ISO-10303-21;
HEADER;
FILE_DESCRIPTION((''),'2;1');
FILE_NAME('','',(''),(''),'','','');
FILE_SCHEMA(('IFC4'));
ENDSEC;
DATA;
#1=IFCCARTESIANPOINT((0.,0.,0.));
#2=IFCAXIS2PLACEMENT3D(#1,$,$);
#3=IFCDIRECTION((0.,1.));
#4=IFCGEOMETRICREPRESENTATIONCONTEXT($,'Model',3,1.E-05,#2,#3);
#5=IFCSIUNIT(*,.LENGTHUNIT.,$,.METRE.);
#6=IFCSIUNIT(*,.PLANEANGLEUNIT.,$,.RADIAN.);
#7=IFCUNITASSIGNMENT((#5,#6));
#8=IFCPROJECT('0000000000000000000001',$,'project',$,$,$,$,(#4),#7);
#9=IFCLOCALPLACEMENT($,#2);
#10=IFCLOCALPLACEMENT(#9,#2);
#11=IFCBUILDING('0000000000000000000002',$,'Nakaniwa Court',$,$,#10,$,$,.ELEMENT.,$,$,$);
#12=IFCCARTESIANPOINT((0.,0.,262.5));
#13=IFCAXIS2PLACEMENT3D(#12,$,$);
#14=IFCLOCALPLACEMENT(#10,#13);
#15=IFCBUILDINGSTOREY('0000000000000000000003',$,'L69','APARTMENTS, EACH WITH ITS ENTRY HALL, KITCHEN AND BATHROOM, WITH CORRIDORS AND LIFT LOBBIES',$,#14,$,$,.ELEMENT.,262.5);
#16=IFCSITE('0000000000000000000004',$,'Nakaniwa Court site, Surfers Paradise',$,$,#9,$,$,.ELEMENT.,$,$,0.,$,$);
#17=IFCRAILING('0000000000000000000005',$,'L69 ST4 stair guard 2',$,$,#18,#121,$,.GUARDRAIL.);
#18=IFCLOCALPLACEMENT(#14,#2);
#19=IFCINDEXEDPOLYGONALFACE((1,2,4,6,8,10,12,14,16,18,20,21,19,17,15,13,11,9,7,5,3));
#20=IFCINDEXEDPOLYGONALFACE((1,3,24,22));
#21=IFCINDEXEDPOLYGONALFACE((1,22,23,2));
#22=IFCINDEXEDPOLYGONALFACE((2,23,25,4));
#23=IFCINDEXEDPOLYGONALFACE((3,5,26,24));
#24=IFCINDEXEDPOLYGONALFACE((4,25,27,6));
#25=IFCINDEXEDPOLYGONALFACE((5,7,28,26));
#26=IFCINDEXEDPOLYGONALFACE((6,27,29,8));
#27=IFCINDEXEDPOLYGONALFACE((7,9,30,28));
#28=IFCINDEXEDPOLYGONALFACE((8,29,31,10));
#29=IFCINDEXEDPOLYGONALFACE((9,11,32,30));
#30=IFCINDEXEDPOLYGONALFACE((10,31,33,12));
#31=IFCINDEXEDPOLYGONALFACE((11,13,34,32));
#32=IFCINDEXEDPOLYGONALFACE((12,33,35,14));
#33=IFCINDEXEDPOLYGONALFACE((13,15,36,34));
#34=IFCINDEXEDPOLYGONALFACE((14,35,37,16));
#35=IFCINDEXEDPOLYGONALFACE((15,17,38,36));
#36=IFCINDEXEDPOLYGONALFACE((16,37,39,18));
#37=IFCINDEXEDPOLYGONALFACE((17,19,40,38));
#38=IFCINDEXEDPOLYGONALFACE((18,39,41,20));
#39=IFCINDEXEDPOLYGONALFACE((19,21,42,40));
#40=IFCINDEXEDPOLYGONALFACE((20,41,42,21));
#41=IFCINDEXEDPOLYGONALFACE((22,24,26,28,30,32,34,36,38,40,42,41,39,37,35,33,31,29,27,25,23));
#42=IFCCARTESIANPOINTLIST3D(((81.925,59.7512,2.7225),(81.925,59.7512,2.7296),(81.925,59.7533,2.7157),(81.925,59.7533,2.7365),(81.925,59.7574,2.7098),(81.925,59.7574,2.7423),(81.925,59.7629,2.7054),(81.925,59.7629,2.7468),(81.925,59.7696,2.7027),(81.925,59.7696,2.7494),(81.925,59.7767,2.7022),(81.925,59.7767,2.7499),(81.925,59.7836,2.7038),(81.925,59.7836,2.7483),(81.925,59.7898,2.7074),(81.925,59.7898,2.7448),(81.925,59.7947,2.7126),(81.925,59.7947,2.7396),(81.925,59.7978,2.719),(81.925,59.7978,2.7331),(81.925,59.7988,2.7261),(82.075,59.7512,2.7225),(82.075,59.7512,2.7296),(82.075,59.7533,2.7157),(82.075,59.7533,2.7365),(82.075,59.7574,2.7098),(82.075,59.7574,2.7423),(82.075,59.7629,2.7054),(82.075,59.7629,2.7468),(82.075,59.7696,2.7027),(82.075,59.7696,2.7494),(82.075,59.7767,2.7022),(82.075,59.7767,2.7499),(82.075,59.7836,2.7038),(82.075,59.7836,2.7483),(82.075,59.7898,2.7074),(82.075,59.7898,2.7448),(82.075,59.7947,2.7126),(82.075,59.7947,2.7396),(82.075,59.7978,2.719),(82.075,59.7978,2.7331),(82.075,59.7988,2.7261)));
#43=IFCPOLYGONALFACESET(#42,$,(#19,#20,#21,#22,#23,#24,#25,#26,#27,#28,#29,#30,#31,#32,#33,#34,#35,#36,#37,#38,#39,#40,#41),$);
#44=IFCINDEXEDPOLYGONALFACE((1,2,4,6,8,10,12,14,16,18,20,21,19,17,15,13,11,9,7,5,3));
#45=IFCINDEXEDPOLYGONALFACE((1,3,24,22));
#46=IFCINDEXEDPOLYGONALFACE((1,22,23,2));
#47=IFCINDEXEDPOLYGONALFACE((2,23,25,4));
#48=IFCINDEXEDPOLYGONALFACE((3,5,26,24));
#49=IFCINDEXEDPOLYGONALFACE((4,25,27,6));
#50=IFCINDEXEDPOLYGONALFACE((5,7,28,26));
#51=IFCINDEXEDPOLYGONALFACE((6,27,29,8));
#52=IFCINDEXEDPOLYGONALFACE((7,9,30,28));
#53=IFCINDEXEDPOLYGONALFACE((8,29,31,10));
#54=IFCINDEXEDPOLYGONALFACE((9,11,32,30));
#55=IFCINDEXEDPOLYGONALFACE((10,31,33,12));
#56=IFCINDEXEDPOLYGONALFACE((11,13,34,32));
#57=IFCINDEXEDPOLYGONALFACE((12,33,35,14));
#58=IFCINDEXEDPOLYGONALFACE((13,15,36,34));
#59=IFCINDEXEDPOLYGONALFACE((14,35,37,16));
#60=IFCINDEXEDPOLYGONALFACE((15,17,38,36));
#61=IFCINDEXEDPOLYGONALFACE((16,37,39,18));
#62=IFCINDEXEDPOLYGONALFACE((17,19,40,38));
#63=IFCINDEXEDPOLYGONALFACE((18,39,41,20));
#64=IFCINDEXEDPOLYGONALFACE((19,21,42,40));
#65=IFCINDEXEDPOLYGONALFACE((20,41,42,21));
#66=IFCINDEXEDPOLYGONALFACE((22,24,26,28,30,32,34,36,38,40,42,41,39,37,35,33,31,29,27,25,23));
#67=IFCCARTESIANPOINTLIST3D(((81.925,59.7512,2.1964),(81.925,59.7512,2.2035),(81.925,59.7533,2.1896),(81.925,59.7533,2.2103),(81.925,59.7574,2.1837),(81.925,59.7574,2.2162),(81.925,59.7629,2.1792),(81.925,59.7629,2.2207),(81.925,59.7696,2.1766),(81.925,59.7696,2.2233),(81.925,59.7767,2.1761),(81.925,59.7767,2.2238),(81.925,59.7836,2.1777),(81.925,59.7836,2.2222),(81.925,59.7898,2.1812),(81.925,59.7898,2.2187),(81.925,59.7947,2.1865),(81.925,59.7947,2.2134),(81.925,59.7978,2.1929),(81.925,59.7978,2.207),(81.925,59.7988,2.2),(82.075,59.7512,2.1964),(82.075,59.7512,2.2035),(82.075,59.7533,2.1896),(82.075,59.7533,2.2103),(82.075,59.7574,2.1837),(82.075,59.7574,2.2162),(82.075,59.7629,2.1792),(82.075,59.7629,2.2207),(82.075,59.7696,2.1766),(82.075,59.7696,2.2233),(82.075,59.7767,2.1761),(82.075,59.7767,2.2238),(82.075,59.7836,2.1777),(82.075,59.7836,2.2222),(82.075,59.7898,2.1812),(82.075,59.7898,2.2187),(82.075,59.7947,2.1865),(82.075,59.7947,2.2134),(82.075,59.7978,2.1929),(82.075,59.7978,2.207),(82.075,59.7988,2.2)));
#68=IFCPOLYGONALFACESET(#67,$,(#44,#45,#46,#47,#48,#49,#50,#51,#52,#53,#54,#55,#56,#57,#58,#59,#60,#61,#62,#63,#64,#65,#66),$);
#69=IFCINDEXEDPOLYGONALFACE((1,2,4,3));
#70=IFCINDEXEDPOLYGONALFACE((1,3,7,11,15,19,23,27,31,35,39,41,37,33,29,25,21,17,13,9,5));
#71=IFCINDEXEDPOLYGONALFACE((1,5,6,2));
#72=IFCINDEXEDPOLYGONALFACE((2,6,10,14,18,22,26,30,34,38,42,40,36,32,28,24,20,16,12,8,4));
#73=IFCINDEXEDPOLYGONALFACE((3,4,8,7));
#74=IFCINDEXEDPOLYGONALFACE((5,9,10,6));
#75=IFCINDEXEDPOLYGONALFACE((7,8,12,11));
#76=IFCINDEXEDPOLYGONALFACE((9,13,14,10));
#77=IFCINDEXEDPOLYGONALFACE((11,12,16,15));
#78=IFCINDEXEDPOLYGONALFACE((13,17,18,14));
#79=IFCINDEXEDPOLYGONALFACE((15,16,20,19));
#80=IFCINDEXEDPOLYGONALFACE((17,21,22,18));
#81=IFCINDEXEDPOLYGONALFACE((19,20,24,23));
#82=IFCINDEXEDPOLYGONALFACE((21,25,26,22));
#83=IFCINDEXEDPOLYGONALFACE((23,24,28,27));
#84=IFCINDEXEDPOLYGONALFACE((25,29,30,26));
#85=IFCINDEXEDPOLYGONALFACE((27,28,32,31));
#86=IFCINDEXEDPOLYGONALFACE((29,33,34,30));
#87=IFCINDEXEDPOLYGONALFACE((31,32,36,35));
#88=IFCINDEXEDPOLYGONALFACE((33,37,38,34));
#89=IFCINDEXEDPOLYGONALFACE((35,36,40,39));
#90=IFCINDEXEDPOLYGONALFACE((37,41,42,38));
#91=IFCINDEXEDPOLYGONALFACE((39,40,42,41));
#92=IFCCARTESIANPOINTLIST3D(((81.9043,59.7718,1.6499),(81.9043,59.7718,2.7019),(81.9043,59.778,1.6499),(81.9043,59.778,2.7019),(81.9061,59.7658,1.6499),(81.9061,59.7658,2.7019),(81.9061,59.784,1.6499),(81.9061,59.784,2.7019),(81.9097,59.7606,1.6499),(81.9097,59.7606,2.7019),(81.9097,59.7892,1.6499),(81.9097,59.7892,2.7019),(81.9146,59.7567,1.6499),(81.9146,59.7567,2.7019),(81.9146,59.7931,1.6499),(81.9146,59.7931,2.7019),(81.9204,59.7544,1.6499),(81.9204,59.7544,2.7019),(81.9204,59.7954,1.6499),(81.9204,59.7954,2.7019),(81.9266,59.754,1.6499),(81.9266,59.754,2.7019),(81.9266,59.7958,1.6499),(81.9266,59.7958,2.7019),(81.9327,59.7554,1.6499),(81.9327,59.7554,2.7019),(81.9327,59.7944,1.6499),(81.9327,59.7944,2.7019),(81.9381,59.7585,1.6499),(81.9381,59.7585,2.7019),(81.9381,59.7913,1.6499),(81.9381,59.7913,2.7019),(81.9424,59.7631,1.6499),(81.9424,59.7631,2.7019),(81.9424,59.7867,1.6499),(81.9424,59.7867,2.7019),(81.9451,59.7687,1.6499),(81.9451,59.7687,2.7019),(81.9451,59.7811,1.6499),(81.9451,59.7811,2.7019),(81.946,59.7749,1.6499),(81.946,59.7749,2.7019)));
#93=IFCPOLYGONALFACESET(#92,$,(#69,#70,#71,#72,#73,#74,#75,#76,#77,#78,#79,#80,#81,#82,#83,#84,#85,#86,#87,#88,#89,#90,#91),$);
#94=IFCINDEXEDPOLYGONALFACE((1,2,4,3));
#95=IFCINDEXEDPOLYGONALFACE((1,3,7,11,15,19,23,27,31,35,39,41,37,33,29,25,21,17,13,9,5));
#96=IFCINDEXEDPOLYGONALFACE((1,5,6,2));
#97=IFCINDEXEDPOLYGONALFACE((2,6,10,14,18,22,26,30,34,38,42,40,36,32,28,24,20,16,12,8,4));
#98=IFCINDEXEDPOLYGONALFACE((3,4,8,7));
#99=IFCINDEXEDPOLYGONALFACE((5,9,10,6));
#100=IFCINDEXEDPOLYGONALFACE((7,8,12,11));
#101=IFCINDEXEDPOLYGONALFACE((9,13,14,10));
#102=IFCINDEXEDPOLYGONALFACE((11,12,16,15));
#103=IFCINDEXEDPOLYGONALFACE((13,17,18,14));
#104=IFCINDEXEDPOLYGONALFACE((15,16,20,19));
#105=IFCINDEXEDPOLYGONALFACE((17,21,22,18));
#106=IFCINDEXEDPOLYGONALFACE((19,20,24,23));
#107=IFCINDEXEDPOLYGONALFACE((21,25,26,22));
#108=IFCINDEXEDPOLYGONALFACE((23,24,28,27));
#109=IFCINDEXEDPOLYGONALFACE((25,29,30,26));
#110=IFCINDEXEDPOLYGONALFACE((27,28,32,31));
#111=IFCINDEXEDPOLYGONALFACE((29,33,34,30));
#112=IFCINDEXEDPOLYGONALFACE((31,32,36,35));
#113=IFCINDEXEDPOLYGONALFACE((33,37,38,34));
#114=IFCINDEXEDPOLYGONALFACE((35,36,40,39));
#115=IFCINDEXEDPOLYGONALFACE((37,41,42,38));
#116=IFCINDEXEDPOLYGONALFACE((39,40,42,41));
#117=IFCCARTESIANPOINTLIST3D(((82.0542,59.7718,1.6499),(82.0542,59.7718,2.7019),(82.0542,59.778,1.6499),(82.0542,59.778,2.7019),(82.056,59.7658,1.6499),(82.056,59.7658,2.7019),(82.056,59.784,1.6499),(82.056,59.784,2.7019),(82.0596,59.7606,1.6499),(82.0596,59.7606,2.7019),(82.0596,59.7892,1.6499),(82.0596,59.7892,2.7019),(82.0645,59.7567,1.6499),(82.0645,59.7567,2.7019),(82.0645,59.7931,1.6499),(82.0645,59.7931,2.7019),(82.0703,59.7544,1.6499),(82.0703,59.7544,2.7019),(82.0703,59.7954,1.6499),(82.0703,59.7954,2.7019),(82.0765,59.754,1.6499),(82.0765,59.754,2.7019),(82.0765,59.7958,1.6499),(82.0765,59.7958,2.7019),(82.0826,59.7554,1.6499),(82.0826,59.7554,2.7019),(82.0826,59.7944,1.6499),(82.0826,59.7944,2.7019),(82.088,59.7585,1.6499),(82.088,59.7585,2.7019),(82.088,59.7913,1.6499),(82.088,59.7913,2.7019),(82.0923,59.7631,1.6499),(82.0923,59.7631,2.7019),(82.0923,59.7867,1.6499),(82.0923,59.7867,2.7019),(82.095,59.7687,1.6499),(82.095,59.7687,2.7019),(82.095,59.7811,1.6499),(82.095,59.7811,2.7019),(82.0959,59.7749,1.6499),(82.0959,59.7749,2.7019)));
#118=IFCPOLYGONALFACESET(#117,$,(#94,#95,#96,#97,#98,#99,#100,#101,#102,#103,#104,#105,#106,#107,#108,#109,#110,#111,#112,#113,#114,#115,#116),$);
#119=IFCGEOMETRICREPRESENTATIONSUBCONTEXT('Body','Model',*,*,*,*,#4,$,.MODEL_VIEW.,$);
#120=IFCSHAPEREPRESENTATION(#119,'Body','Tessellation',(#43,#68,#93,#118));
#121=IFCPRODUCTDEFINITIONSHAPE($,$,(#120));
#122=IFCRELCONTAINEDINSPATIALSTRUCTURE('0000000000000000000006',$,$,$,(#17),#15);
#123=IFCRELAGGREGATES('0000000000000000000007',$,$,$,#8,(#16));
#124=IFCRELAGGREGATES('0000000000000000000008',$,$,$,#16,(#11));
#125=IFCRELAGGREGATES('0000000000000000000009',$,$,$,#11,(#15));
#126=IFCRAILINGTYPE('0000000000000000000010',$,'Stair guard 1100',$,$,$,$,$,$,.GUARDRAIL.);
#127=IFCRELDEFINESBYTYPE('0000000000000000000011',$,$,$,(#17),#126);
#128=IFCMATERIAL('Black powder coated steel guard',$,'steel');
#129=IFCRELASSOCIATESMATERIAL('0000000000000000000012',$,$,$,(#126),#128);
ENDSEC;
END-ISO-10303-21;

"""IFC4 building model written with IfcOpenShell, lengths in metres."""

from ifc_helpers import new_model, si_unit, direction, frame, origin, origin_2d, place, context, subcontext, project, spatial, circle, extrude, material, type_object, element, save


model = new_model("IFC4")

# Units and contexts
model_context = context("Model", 3, precision=1e-05, world=origin(), true_north=direction((0.0, 1.0)))
body_context = subcontext(model_context, "Body", "Model", "MODEL_VIEW")
ifc_project = project(units=[si_unit("LENGTHUNIT", "METRE"), si_unit("PLANEANGLEUNIT", "RADIAN")], contexts=[model_context])

# Site, building, storey
site_placement = place(None, origin())
site = spatial("IfcSite", under=ifc_project, at=site_placement, Name="Nakaniwa Court site, Surfers Paradise", CompositionType="ELEMENT", RefElevation=0.0)
building_placement = place(site_placement, origin())
building = spatial("IfcBuilding", under=site, at=building_placement, Name="Nakaniwa Court", CompositionType="ELEMENT")
storey_placement = place(building_placement, frame((0.0, 0.0, 262.5)))
storey = spatial("IfcBuildingStorey", under=building, at=storey_placement, Name="L69", Description="APARTMENTS, EACH WITH ITS ENTRY HALL, KITCHEN AND BATHROOM, WITH CORRIDORS AND LIFT LOBBIES", CompositionType="ELEMENT", Elevation=262.5)

# Railing
ifc_material_1 = material(Name="Black powder coated steel guard", Category="steel")
railing_type_1 = type_object("IfcRailingType", Name="Stair guard 1100", PredefinedType="GUARDRAIL", material=ifc_material_1)
railing_1_placement = place(storey_placement, frame((81.925, 59.7749, 1.6499)))
element("IfcRailing", 1, at=railing_1_placement, inside=storey, type_object=railing_type_1, Name="L69 ST4 stair guard 2", PredefinedType="GUARDRAIL", context=body_context, shape_type="SweptSolid", body=[
    extrude(circle(Radius=0.0239, at=origin_2d()), frame((0.0, 0.0, 1.0762), z_axis=(1.0, 0.0, 0.0), x_axis=(0.0, 1.0, 0.0)), (0.0, 0.0, 1.0), 0.1499),
    extrude(circle(Radius=0.0239, at=origin_2d()), frame((0.0, 0.0, 0.55), z_axis=(1.0, 0.0, 0.0), x_axis=(0.0, 1.0, 0.0)), (0.0, 0.0, 1.0), 0.1499),
    extrude(circle(Radius=0.021, at=origin_2d()), origin(), (0.0, 0.0, 1.0), 1.052),
    extrude(circle(Radius=0.021, at=origin_2d()), frame((0.1499, 0.0, 0.0)), (0.0, 0.0, 1.0), 1.052),
])

save(model, "model.ifc")
